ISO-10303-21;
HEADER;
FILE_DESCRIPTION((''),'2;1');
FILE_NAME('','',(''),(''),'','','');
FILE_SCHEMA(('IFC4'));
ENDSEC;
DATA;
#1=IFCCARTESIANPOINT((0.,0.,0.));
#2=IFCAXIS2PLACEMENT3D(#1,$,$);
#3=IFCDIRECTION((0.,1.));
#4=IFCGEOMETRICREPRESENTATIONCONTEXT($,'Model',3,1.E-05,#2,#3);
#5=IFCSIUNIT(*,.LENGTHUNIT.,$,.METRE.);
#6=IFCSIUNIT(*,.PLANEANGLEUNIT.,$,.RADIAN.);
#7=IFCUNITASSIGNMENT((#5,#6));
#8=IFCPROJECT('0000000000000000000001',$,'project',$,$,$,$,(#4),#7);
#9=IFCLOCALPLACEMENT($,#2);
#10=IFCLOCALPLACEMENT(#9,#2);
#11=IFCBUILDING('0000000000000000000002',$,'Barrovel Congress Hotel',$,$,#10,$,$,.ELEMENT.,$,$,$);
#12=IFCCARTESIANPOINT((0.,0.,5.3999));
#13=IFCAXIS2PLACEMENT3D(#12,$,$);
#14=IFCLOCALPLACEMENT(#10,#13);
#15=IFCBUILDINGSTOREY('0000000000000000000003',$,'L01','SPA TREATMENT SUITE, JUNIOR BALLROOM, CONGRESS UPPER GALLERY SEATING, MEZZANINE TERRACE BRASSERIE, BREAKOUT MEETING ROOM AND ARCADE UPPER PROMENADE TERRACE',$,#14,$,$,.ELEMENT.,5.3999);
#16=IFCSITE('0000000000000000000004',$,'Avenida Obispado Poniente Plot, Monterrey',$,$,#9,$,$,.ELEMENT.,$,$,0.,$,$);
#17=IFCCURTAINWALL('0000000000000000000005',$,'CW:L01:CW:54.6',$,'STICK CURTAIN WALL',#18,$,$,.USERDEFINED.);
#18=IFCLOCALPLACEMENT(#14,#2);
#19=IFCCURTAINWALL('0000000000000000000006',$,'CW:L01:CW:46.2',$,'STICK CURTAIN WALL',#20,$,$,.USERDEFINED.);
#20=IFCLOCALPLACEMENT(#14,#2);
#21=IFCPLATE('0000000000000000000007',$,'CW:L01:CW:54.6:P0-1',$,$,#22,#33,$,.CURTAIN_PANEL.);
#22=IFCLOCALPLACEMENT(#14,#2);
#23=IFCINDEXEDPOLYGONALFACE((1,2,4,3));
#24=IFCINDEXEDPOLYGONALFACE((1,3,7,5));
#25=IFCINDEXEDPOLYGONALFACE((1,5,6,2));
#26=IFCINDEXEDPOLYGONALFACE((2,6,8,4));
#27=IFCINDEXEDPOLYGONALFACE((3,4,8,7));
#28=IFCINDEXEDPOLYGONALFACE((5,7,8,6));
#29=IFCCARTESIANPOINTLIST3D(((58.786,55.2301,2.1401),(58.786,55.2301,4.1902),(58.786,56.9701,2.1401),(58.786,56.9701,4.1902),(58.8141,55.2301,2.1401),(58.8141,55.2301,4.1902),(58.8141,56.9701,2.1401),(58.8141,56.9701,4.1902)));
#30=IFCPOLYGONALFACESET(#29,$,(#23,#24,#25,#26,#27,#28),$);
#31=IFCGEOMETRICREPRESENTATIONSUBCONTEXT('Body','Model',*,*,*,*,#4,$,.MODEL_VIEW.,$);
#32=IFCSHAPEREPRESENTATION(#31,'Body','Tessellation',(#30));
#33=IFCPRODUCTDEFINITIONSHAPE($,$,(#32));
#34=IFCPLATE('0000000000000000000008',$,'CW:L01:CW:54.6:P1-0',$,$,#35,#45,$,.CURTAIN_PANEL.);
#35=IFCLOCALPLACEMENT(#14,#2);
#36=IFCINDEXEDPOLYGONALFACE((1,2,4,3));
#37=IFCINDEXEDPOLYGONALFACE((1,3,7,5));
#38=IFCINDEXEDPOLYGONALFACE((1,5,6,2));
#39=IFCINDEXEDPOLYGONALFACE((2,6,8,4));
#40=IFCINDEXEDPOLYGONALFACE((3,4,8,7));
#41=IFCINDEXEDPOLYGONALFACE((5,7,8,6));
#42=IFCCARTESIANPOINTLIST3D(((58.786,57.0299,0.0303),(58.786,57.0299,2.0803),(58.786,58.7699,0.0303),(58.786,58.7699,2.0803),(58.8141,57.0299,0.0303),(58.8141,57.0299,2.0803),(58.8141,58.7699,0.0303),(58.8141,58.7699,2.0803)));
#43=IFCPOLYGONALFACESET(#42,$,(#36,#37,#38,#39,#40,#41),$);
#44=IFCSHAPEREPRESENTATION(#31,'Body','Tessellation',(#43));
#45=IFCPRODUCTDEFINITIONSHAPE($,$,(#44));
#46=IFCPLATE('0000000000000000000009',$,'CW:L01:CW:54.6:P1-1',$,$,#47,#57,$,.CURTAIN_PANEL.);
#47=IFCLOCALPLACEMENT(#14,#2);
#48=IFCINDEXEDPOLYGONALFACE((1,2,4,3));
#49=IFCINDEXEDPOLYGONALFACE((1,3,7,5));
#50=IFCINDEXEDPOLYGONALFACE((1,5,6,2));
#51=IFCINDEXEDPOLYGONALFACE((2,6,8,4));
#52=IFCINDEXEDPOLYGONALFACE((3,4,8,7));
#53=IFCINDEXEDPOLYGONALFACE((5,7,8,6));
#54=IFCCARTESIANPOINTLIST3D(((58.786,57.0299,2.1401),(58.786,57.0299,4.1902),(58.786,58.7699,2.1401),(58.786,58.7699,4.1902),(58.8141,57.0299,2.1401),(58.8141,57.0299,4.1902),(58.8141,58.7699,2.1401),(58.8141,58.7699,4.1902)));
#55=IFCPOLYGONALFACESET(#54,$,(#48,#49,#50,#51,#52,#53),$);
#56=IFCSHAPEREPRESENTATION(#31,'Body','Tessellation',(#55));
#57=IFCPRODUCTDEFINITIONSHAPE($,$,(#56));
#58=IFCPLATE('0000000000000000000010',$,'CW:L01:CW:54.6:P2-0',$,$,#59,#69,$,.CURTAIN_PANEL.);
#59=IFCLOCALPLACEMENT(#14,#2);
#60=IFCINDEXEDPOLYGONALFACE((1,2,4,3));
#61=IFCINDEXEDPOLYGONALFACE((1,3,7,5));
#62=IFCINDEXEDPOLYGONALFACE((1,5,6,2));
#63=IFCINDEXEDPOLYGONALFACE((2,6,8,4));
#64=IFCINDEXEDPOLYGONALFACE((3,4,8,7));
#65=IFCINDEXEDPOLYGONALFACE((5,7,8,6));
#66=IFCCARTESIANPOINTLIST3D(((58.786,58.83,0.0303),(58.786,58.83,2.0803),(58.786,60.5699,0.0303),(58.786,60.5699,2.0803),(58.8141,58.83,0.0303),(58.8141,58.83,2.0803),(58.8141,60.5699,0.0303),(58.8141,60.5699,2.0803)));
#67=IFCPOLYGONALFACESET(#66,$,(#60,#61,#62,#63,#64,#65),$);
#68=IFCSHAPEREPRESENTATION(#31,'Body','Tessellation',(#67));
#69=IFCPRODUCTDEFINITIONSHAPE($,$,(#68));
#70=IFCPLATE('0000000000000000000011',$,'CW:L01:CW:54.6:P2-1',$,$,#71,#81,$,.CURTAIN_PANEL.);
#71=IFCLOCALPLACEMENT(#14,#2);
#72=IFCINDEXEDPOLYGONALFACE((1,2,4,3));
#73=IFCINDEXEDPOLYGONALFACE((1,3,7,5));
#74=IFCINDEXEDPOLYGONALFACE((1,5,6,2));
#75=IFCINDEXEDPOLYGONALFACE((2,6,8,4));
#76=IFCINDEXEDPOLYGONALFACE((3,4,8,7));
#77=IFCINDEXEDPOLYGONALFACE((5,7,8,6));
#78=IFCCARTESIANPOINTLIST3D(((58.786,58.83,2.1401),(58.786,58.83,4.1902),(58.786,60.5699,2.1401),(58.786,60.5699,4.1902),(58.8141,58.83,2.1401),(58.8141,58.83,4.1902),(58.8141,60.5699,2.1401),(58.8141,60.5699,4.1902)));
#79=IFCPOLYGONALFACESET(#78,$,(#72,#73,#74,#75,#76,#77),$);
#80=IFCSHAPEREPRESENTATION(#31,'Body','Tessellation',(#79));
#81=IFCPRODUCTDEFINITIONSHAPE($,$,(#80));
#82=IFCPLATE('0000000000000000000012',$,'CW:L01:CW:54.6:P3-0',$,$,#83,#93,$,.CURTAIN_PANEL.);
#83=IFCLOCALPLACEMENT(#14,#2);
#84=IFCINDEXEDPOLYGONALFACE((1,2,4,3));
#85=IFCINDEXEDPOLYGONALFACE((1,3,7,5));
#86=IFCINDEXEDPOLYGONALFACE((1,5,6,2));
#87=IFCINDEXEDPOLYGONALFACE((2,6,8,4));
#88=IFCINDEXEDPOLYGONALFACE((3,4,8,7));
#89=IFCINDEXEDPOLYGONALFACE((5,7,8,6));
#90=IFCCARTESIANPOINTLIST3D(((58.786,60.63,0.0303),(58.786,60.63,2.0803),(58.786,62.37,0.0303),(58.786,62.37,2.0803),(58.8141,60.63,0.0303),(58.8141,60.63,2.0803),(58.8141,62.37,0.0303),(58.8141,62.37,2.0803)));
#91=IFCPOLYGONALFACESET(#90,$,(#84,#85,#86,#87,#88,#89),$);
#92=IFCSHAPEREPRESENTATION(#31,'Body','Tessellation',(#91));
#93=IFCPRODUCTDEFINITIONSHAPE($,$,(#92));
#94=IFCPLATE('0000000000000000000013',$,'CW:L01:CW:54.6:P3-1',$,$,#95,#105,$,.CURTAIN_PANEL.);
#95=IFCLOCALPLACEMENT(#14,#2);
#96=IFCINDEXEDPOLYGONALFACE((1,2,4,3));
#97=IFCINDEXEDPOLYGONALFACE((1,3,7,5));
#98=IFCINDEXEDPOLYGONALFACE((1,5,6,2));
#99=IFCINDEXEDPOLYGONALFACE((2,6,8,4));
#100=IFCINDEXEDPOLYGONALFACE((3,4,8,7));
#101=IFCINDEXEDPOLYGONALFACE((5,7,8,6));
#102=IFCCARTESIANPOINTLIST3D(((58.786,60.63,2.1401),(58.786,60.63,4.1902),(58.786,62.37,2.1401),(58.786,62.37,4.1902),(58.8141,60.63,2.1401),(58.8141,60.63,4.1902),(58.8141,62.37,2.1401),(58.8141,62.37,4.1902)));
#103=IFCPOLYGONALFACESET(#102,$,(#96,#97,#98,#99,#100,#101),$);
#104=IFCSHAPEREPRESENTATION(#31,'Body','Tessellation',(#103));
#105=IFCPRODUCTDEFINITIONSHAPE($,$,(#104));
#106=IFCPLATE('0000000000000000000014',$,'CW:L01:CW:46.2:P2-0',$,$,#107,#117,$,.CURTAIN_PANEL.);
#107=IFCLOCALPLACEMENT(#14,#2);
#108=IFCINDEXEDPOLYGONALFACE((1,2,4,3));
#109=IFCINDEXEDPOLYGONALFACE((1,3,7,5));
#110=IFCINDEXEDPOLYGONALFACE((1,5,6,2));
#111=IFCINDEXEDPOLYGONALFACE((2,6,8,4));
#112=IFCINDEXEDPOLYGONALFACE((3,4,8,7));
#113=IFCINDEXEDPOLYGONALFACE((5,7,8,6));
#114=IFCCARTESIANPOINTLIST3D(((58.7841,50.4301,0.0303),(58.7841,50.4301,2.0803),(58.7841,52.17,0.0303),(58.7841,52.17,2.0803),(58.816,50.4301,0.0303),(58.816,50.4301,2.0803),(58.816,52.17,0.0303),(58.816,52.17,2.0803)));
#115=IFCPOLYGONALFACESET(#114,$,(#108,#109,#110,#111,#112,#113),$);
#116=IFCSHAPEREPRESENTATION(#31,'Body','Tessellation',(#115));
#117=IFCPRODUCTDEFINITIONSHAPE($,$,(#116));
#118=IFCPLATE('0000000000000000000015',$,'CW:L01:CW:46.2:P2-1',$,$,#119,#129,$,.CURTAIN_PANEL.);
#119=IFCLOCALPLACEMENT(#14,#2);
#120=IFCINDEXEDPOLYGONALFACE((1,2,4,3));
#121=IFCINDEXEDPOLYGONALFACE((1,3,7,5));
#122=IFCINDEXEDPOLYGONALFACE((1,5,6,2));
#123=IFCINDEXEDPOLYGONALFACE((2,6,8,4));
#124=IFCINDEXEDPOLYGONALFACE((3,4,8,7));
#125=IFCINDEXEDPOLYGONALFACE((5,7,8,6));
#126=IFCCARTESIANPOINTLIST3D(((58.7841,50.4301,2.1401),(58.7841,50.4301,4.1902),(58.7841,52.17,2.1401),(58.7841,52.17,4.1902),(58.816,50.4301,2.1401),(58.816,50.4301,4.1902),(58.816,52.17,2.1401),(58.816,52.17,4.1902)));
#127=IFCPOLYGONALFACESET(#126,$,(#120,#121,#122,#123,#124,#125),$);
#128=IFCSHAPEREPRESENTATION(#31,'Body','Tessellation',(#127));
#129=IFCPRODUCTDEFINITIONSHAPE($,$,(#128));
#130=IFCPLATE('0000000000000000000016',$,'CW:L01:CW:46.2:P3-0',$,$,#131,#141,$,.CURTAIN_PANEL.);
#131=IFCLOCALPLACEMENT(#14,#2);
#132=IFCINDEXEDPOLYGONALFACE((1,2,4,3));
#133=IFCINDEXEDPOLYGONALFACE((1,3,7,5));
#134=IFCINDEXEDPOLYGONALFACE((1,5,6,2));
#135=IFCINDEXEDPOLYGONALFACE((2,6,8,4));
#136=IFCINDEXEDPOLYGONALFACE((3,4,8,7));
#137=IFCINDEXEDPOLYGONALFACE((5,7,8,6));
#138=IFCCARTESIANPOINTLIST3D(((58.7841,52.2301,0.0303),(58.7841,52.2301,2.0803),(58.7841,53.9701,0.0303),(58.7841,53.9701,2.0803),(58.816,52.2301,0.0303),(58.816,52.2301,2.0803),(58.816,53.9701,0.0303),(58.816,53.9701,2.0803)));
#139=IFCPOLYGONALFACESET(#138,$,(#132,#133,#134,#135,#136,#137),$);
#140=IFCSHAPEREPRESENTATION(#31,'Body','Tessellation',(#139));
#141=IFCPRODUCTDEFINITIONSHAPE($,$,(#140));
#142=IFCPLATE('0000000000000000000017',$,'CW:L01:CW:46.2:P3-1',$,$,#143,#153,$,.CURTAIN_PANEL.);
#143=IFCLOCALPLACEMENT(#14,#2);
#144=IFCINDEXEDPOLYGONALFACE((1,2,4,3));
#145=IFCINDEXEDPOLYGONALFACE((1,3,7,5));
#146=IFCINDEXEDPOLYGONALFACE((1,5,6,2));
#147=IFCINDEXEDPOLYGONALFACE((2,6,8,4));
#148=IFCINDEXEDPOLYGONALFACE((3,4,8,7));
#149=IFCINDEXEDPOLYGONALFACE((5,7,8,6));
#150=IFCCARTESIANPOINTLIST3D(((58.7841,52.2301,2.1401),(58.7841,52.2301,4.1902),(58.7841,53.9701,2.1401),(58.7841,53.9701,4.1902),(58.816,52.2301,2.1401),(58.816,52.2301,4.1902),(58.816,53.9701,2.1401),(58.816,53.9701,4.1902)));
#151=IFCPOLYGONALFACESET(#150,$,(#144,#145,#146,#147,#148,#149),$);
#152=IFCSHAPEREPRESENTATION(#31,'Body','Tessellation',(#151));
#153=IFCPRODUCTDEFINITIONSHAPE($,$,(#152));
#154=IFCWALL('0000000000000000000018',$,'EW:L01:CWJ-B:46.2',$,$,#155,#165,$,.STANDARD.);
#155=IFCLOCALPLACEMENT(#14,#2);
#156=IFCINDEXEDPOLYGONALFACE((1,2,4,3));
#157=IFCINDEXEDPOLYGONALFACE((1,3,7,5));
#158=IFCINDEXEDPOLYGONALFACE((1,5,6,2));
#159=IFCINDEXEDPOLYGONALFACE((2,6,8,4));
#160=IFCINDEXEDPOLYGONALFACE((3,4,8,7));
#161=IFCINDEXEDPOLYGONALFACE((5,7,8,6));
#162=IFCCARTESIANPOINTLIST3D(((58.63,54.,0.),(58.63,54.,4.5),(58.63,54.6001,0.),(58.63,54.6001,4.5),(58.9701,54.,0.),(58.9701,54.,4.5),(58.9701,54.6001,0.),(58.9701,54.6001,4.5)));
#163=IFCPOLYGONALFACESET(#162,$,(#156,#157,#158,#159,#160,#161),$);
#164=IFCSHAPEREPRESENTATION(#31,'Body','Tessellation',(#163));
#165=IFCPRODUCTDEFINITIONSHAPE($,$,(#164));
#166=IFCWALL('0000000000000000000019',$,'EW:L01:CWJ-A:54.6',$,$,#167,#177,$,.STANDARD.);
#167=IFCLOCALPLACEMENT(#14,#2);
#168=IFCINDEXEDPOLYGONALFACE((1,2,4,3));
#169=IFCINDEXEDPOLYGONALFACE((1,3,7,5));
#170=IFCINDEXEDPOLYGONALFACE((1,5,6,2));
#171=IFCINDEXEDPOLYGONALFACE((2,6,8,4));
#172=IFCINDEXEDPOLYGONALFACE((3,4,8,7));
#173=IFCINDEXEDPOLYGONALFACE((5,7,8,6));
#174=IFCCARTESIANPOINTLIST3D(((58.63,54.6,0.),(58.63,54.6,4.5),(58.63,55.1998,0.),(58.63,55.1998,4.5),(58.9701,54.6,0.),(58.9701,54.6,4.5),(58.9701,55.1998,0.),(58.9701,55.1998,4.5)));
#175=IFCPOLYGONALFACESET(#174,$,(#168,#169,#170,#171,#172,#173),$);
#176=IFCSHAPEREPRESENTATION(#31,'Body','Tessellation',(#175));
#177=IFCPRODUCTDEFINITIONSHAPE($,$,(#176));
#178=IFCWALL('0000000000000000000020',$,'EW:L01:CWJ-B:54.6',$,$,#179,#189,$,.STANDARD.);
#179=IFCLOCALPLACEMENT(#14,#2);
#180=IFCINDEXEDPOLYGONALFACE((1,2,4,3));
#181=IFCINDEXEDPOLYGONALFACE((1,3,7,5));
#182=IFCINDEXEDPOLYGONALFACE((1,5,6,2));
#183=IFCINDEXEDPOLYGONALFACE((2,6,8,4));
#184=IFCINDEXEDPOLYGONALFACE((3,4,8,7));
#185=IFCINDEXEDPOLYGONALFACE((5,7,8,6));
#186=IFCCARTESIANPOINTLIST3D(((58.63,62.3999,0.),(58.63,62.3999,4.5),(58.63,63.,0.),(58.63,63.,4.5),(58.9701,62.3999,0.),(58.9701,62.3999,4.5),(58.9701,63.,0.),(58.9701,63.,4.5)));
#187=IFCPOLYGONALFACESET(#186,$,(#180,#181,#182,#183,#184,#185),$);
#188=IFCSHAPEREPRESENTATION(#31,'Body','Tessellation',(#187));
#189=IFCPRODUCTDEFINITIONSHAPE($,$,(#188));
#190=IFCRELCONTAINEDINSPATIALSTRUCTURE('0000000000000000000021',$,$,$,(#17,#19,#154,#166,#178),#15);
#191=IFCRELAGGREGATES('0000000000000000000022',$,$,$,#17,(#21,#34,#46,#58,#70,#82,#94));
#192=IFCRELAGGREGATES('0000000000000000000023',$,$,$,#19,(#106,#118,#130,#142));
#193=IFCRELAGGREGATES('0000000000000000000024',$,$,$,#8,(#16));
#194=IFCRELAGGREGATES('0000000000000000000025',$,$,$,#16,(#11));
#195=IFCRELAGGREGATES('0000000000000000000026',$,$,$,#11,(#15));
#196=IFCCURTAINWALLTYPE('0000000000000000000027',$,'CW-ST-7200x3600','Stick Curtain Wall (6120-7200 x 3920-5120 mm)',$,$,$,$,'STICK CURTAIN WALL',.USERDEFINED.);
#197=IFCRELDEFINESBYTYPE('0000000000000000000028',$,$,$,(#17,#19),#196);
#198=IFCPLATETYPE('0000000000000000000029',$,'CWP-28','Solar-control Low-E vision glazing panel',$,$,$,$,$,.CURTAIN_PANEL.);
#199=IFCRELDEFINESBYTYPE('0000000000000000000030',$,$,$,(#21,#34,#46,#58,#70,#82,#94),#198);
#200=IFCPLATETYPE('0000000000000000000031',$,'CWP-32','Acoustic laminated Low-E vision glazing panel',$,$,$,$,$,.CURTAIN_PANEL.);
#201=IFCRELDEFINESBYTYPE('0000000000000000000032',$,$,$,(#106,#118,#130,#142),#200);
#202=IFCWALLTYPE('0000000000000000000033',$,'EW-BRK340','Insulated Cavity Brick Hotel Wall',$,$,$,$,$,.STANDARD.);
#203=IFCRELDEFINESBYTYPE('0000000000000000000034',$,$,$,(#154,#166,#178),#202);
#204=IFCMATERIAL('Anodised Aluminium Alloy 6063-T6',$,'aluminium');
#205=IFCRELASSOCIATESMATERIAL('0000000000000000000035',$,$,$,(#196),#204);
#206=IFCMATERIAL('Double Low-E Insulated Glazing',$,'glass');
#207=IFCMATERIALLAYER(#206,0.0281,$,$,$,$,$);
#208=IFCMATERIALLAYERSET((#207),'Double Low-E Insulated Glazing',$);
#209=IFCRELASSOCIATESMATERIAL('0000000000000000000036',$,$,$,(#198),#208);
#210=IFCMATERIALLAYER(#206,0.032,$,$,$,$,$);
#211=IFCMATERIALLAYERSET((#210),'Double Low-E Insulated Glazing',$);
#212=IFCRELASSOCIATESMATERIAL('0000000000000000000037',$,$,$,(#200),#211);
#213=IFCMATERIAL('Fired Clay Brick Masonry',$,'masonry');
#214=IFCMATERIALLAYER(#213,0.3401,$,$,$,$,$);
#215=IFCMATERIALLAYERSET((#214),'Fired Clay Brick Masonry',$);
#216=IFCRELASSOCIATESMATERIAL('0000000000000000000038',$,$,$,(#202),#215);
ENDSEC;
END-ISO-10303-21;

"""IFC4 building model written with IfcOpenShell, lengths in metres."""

from ifc_helpers import new_model, si_unit, direction, frame, frame_2d, origin, origin_2d, place, context, subcontext, project, spatial, rectangle, extrude, material, layer, layer_set, type_object, element, aggregate, save


model = new_model("IFC4")

# Units and contexts
model_context = context("Model", 3, precision=1e-05, world=origin(), true_north=direction((0.0, 1.0)))
body_context = subcontext(model_context, "Body", "Model", "MODEL_VIEW")
ifc_project = project(units=[si_unit("LENGTHUNIT", "METRE"), si_unit("PLANEANGLEUNIT", "RADIAN")], contexts=[model_context])

# Site, building, storey
site_placement = place(None, origin())
site = spatial("IfcSite", under=ifc_project, at=site_placement, Name="Avenida Obispado Poniente Plot, Monterrey", CompositionType="ELEMENT", RefElevation=0.0)
building_placement = place(site_placement, origin())
building = spatial("IfcBuilding", under=site, at=building_placement, Name="Barrovel Congress Hotel", CompositionType="ELEMENT")
storey_placement = place(building_placement, frame((0.0, 0.0, 5.3999)))
storey = spatial("IfcBuildingStorey", under=building, at=storey_placement, Name="L01", Description="SPA TREATMENT SUITE, JUNIOR BALLROOM, CONGRESS UPPER GALLERY SEATING, MEZZANINE TERRACE BRASSERIE, BREAKOUT MEETING ROOM AND ARCADE UPPER PROMENADE TERRACE", CompositionType="ELEMENT", Elevation=5.3999)

# Curtain walls
ifc_material_1 = material(Name="Anodised Aluminium Alloy 6063-T6", Category="aluminium")
curtain_wall_type = type_object("IfcCurtainWallType", Name="CW-ST-7200x3600", Description="Stick Curtain Wall (6120-7200 x 3920-5120 mm)", ElementType="STICK CURTAIN WALL", PredefinedType="USERDEFINED", material=ifc_material_1)
curtain_wall_1_placement = place(storey_placement, origin())
curtain_wall_1 = element("IfcCurtainWall", 1, at=curtain_wall_1_placement, inside=storey, type_object=curtain_wall_type, Name="CW:L01:CW:54.6", ObjectType="STICK CURTAIN WALL", PredefinedType="USERDEFINED")
curtain_wall_2_placement = place(storey_placement, origin())
curtain_wall_2 = element("IfcCurtainWall", 2, at=curtain_wall_2_placement, inside=storey, type_object=curtain_wall_type, Name="CW:L01:CW:46.2", ObjectType="STICK CURTAIN WALL", PredefinedType="USERDEFINED")

# Plates
ifc_material_2 = material(Name="Double Low-E Insulated Glazing", Category="glass")
ifc_layer_1 = layer(ifc_material_2, 0.0281)
ifc_layer_set_1 = layer_set([ifc_layer_1], Name="Double Low-E Insulated Glazing")
plate_type_1 = type_object("IfcPlateType", Name="CWP-28", Description="Solar-control Low-E vision glazing panel", PredefinedType="CURTAIN_PANEL", material=ifc_layer_set_1)
plate_1_placement = place(storey_placement, frame((58.8, 56.1001, 2.1401), z_axis=(0.0, 0.0, 1.0), x_axis=(0.0, 1.0, 0.0)))
plate_1 = element("IfcPlate", 3, at=plate_1_placement, type_object=plate_type_1, Name="CW:L01:CW:54.6:P0-1", PredefinedType="CURTAIN_PANEL", context=body_context, shape_type="SweptSolid", body=[
    extrude(rectangle(XDim=1.74, YDim=0.0281, at=origin_2d()), origin(), (0.0, 0.0, 1.0), 2.05),
])
plate_2_placement = place(storey_placement, frame((58.8, 57.8999, 0.0303), z_axis=(0.0, 0.0, 1.0), x_axis=(0.0, 1.0, 0.0)))
plate_2 = element("IfcPlate", 4, at=plate_2_placement, type_object=plate_type_1, Name="CW:L01:CW:54.6:P1-0", PredefinedType="CURTAIN_PANEL", context=body_context, shape_type="SweptSolid", body=[
    extrude(rectangle(XDim=1.74, YDim=0.0281, at=origin_2d()), origin(), (0.0, 0.0, 1.0), 2.05),
])
plate_3_placement = place(storey_placement, frame((58.8, 57.8999, 2.1401), z_axis=(0.0, 0.0, 1.0), x_axis=(0.0, 1.0, 0.0)))
plate_3 = element("IfcPlate", 5, at=plate_3_placement, type_object=plate_type_1, Name="CW:L01:CW:54.6:P1-1", PredefinedType="CURTAIN_PANEL", context=body_context, shape_type="SweptSolid", body=[
    extrude(rectangle(XDim=1.74, YDim=0.0281, at=origin_2d()), origin(), (0.0, 0.0, 1.0), 2.05),
])
plate_4_placement = place(storey_placement, frame((58.8, 59.7, 0.0303), z_axis=(0.0, 0.0, 1.0), x_axis=(0.0, 1.0, 0.0)))
plate_4 = element("IfcPlate", 6, at=plate_4_placement, type_object=plate_type_1, Name="CW:L01:CW:54.6:P2-0", PredefinedType="CURTAIN_PANEL", context=body_context, shape_type="SweptSolid", body=[
    extrude(rectangle(XDim=1.74, YDim=0.0281, at=origin_2d()), origin(), (0.0, 0.0, 1.0), 2.05),
])
plate_5_placement = place(storey_placement, frame((58.8, 59.7, 2.1401), z_axis=(0.0, 0.0, 1.0), x_axis=(0.0, 1.0, 0.0)))
plate_5 = element("IfcPlate", 7, at=plate_5_placement, type_object=plate_type_1, Name="CW:L01:CW:54.6:P2-1", PredefinedType="CURTAIN_PANEL", context=body_context, shape_type="SweptSolid", body=[
    extrude(rectangle(XDim=1.74, YDim=0.0281, at=origin_2d()), origin(), (0.0, 0.0, 1.0), 2.05),
])
plate_6_placement = place(storey_placement, frame((58.8, 61.5, 0.0303), z_axis=(0.0, 0.0, 1.0), x_axis=(0.0, 1.0, 0.0)))
plate_6 = element("IfcPlate", 8, at=plate_6_placement, type_object=plate_type_1, Name="CW:L01:CW:54.6:P3-0", PredefinedType="CURTAIN_PANEL", context=body_context, shape_type="SweptSolid", body=[
    extrude(rectangle(XDim=1.74, YDim=0.0281, at=origin_2d()), origin(), (0.0, 0.0, 1.0), 2.05),
])
plate_7_placement = place(storey_placement, frame((58.8, 61.5, 2.1401), z_axis=(0.0, 0.0, 1.0), x_axis=(0.0, 1.0, 0.0)))
plate_7 = element("IfcPlate", 9, at=plate_7_placement, type_object=plate_type_1, Name="CW:L01:CW:54.6:P3-1", PredefinedType="CURTAIN_PANEL", context=body_context, shape_type="SweptSolid", body=[
    extrude(rectangle(XDim=1.74, YDim=0.0281, at=origin_2d()), origin(), (0.0, 0.0, 1.0), 2.05),
])
aggregate(curtain_wall_1, [plate_1, plate_2, plate_3, plate_4, plate_5, plate_6, plate_7])
ifc_layer_2 = layer(ifc_material_2, 0.032)
ifc_layer_set_2 = layer_set([ifc_layer_2], Name="Double Low-E Insulated Glazing")
plate_type_2 = type_object("IfcPlateType", Name="CWP-32", Description="Acoustic laminated Low-E vision glazing panel", PredefinedType="CURTAIN_PANEL", material=ifc_layer_set_2)
plate_8_placement = place(storey_placement, frame((58.8, 51.3, 0.0303), z_axis=(0.0, 0.0, 1.0), x_axis=(0.0, 1.0, 0.0)))
plate_8 = element("IfcPlate", 10, at=plate_8_placement, type_object=plate_type_2, Name="CW:L01:CW:46.2:P2-0", PredefinedType="CURTAIN_PANEL", context=body_context, shape_type="SweptSolid", body=[
    extrude(rectangle(XDim=1.74, YDim=0.032, at=origin_2d()), origin(), (0.0, 0.0, 1.0), 2.05),
])
plate_9_placement = place(storey_placement, frame((58.8, 51.3, 2.1401), z_axis=(0.0, 0.0, 1.0), x_axis=(0.0, 1.0, 0.0)))
plate_9 = element("IfcPlate", 11, at=plate_9_placement, type_object=plate_type_2, Name="CW:L01:CW:46.2:P2-1", PredefinedType="CURTAIN_PANEL", context=body_context, shape_type="SweptSolid", body=[
    extrude(rectangle(XDim=1.74, YDim=0.032, at=origin_2d()), origin(), (0.0, 0.0, 1.0), 2.05),
])
plate_10_placement = place(storey_placement, frame((58.8, 53.1001, 0.0303), z_axis=(0.0, 0.0, 1.0), x_axis=(0.0, 1.0, 0.0)))
plate_10 = element("IfcPlate", 12, at=plate_10_placement, type_object=plate_type_2, Name="CW:L01:CW:46.2:P3-0", PredefinedType="CURTAIN_PANEL", context=body_context, shape_type="SweptSolid", body=[
    extrude(rectangle(XDim=1.74, YDim=0.032, at=origin_2d()), origin(), (0.0, 0.0, 1.0), 2.05),
])
plate_11_placement = place(storey_placement, frame((58.8, 53.1001, 2.1401), z_axis=(0.0, 0.0, 1.0), x_axis=(0.0, 1.0, 0.0)))
plate_11 = element("IfcPlate", 13, at=plate_11_placement, type_object=plate_type_2, Name="CW:L01:CW:46.2:P3-1", PredefinedType="CURTAIN_PANEL", context=body_context, shape_type="SweptSolid", body=[
    extrude(rectangle(XDim=1.74, YDim=0.032, at=origin_2d()), origin(), (0.0, 0.0, 1.0), 2.05),
])
aggregate(curtain_wall_2, [plate_8, plate_9, plate_10, plate_11])

# Walls
ifc_material_3 = material(Name="Fired Clay Brick Masonry", Category="masonry")
ifc_layer_3 = layer(ifc_material_3, 0.3401)
ifc_layer_set_3 = layer_set([ifc_layer_3], Name="Fired Clay Brick Masonry")
wall_type = type_object("IfcWallType", Name="EW-BRK340", Description="Insulated Cavity Brick Hotel Wall", PredefinedType="STANDARD", material=ifc_layer_set_3)
wall_1_placement = place(storey_placement, frame((58.8, 54.0, 0.0), z_axis=(0.0, 0.0, 1.0), x_axis=(0.0, 1.0, 0.0)))
element("IfcWall", 14, at=wall_1_placement, inside=storey, type_object=wall_type, Name="EW:L01:CWJ-B:46.2", PredefinedType="STANDARD", context=body_context, shape_type="SweptSolid", body=[
    extrude(rectangle(XDim=0.6001, YDim=0.3401, at=frame_2d((0.3, 0.0))), origin(), (0.0, 0.0, 1.0), 4.5),
])
wall_2_placement = place(storey_placement, frame((58.8, 54.6001, 0.0), z_axis=(0.0, 0.0, 1.0), x_axis=(0.0, 1.0, 0.0)))
element("IfcWall", 15, at=wall_2_placement, inside=storey, type_object=wall_type, Name="EW:L01:CWJ-A:54.6", PredefinedType="STANDARD", context=body_context, shape_type="SweptSolid", body=[
    extrude(rectangle(XDim=0.5999, YDim=0.3401, at=frame_2d((0.2998, 0.0))), origin(), (0.0, 0.0, 1.0), 4.5),
])
wall_3_placement = place(storey_placement, frame((58.8, 62.3999, 0.0), z_axis=(0.0, 0.0, 1.0), x_axis=(0.0, 1.0, 0.0)))
element("IfcWall", 16, at=wall_3_placement, inside=storey, type_object=wall_type, Name="EW:L01:CWJ-B:54.6", PredefinedType="STANDARD", context=body_context, shape_type="SweptSolid", body=[
    extrude(rectangle(XDim=0.6001, YDim=0.3401, at=frame_2d((0.3, 0.0))), origin(), (0.0, 0.0, 1.0), 4.5),
])

save(model, "model.ifc")
